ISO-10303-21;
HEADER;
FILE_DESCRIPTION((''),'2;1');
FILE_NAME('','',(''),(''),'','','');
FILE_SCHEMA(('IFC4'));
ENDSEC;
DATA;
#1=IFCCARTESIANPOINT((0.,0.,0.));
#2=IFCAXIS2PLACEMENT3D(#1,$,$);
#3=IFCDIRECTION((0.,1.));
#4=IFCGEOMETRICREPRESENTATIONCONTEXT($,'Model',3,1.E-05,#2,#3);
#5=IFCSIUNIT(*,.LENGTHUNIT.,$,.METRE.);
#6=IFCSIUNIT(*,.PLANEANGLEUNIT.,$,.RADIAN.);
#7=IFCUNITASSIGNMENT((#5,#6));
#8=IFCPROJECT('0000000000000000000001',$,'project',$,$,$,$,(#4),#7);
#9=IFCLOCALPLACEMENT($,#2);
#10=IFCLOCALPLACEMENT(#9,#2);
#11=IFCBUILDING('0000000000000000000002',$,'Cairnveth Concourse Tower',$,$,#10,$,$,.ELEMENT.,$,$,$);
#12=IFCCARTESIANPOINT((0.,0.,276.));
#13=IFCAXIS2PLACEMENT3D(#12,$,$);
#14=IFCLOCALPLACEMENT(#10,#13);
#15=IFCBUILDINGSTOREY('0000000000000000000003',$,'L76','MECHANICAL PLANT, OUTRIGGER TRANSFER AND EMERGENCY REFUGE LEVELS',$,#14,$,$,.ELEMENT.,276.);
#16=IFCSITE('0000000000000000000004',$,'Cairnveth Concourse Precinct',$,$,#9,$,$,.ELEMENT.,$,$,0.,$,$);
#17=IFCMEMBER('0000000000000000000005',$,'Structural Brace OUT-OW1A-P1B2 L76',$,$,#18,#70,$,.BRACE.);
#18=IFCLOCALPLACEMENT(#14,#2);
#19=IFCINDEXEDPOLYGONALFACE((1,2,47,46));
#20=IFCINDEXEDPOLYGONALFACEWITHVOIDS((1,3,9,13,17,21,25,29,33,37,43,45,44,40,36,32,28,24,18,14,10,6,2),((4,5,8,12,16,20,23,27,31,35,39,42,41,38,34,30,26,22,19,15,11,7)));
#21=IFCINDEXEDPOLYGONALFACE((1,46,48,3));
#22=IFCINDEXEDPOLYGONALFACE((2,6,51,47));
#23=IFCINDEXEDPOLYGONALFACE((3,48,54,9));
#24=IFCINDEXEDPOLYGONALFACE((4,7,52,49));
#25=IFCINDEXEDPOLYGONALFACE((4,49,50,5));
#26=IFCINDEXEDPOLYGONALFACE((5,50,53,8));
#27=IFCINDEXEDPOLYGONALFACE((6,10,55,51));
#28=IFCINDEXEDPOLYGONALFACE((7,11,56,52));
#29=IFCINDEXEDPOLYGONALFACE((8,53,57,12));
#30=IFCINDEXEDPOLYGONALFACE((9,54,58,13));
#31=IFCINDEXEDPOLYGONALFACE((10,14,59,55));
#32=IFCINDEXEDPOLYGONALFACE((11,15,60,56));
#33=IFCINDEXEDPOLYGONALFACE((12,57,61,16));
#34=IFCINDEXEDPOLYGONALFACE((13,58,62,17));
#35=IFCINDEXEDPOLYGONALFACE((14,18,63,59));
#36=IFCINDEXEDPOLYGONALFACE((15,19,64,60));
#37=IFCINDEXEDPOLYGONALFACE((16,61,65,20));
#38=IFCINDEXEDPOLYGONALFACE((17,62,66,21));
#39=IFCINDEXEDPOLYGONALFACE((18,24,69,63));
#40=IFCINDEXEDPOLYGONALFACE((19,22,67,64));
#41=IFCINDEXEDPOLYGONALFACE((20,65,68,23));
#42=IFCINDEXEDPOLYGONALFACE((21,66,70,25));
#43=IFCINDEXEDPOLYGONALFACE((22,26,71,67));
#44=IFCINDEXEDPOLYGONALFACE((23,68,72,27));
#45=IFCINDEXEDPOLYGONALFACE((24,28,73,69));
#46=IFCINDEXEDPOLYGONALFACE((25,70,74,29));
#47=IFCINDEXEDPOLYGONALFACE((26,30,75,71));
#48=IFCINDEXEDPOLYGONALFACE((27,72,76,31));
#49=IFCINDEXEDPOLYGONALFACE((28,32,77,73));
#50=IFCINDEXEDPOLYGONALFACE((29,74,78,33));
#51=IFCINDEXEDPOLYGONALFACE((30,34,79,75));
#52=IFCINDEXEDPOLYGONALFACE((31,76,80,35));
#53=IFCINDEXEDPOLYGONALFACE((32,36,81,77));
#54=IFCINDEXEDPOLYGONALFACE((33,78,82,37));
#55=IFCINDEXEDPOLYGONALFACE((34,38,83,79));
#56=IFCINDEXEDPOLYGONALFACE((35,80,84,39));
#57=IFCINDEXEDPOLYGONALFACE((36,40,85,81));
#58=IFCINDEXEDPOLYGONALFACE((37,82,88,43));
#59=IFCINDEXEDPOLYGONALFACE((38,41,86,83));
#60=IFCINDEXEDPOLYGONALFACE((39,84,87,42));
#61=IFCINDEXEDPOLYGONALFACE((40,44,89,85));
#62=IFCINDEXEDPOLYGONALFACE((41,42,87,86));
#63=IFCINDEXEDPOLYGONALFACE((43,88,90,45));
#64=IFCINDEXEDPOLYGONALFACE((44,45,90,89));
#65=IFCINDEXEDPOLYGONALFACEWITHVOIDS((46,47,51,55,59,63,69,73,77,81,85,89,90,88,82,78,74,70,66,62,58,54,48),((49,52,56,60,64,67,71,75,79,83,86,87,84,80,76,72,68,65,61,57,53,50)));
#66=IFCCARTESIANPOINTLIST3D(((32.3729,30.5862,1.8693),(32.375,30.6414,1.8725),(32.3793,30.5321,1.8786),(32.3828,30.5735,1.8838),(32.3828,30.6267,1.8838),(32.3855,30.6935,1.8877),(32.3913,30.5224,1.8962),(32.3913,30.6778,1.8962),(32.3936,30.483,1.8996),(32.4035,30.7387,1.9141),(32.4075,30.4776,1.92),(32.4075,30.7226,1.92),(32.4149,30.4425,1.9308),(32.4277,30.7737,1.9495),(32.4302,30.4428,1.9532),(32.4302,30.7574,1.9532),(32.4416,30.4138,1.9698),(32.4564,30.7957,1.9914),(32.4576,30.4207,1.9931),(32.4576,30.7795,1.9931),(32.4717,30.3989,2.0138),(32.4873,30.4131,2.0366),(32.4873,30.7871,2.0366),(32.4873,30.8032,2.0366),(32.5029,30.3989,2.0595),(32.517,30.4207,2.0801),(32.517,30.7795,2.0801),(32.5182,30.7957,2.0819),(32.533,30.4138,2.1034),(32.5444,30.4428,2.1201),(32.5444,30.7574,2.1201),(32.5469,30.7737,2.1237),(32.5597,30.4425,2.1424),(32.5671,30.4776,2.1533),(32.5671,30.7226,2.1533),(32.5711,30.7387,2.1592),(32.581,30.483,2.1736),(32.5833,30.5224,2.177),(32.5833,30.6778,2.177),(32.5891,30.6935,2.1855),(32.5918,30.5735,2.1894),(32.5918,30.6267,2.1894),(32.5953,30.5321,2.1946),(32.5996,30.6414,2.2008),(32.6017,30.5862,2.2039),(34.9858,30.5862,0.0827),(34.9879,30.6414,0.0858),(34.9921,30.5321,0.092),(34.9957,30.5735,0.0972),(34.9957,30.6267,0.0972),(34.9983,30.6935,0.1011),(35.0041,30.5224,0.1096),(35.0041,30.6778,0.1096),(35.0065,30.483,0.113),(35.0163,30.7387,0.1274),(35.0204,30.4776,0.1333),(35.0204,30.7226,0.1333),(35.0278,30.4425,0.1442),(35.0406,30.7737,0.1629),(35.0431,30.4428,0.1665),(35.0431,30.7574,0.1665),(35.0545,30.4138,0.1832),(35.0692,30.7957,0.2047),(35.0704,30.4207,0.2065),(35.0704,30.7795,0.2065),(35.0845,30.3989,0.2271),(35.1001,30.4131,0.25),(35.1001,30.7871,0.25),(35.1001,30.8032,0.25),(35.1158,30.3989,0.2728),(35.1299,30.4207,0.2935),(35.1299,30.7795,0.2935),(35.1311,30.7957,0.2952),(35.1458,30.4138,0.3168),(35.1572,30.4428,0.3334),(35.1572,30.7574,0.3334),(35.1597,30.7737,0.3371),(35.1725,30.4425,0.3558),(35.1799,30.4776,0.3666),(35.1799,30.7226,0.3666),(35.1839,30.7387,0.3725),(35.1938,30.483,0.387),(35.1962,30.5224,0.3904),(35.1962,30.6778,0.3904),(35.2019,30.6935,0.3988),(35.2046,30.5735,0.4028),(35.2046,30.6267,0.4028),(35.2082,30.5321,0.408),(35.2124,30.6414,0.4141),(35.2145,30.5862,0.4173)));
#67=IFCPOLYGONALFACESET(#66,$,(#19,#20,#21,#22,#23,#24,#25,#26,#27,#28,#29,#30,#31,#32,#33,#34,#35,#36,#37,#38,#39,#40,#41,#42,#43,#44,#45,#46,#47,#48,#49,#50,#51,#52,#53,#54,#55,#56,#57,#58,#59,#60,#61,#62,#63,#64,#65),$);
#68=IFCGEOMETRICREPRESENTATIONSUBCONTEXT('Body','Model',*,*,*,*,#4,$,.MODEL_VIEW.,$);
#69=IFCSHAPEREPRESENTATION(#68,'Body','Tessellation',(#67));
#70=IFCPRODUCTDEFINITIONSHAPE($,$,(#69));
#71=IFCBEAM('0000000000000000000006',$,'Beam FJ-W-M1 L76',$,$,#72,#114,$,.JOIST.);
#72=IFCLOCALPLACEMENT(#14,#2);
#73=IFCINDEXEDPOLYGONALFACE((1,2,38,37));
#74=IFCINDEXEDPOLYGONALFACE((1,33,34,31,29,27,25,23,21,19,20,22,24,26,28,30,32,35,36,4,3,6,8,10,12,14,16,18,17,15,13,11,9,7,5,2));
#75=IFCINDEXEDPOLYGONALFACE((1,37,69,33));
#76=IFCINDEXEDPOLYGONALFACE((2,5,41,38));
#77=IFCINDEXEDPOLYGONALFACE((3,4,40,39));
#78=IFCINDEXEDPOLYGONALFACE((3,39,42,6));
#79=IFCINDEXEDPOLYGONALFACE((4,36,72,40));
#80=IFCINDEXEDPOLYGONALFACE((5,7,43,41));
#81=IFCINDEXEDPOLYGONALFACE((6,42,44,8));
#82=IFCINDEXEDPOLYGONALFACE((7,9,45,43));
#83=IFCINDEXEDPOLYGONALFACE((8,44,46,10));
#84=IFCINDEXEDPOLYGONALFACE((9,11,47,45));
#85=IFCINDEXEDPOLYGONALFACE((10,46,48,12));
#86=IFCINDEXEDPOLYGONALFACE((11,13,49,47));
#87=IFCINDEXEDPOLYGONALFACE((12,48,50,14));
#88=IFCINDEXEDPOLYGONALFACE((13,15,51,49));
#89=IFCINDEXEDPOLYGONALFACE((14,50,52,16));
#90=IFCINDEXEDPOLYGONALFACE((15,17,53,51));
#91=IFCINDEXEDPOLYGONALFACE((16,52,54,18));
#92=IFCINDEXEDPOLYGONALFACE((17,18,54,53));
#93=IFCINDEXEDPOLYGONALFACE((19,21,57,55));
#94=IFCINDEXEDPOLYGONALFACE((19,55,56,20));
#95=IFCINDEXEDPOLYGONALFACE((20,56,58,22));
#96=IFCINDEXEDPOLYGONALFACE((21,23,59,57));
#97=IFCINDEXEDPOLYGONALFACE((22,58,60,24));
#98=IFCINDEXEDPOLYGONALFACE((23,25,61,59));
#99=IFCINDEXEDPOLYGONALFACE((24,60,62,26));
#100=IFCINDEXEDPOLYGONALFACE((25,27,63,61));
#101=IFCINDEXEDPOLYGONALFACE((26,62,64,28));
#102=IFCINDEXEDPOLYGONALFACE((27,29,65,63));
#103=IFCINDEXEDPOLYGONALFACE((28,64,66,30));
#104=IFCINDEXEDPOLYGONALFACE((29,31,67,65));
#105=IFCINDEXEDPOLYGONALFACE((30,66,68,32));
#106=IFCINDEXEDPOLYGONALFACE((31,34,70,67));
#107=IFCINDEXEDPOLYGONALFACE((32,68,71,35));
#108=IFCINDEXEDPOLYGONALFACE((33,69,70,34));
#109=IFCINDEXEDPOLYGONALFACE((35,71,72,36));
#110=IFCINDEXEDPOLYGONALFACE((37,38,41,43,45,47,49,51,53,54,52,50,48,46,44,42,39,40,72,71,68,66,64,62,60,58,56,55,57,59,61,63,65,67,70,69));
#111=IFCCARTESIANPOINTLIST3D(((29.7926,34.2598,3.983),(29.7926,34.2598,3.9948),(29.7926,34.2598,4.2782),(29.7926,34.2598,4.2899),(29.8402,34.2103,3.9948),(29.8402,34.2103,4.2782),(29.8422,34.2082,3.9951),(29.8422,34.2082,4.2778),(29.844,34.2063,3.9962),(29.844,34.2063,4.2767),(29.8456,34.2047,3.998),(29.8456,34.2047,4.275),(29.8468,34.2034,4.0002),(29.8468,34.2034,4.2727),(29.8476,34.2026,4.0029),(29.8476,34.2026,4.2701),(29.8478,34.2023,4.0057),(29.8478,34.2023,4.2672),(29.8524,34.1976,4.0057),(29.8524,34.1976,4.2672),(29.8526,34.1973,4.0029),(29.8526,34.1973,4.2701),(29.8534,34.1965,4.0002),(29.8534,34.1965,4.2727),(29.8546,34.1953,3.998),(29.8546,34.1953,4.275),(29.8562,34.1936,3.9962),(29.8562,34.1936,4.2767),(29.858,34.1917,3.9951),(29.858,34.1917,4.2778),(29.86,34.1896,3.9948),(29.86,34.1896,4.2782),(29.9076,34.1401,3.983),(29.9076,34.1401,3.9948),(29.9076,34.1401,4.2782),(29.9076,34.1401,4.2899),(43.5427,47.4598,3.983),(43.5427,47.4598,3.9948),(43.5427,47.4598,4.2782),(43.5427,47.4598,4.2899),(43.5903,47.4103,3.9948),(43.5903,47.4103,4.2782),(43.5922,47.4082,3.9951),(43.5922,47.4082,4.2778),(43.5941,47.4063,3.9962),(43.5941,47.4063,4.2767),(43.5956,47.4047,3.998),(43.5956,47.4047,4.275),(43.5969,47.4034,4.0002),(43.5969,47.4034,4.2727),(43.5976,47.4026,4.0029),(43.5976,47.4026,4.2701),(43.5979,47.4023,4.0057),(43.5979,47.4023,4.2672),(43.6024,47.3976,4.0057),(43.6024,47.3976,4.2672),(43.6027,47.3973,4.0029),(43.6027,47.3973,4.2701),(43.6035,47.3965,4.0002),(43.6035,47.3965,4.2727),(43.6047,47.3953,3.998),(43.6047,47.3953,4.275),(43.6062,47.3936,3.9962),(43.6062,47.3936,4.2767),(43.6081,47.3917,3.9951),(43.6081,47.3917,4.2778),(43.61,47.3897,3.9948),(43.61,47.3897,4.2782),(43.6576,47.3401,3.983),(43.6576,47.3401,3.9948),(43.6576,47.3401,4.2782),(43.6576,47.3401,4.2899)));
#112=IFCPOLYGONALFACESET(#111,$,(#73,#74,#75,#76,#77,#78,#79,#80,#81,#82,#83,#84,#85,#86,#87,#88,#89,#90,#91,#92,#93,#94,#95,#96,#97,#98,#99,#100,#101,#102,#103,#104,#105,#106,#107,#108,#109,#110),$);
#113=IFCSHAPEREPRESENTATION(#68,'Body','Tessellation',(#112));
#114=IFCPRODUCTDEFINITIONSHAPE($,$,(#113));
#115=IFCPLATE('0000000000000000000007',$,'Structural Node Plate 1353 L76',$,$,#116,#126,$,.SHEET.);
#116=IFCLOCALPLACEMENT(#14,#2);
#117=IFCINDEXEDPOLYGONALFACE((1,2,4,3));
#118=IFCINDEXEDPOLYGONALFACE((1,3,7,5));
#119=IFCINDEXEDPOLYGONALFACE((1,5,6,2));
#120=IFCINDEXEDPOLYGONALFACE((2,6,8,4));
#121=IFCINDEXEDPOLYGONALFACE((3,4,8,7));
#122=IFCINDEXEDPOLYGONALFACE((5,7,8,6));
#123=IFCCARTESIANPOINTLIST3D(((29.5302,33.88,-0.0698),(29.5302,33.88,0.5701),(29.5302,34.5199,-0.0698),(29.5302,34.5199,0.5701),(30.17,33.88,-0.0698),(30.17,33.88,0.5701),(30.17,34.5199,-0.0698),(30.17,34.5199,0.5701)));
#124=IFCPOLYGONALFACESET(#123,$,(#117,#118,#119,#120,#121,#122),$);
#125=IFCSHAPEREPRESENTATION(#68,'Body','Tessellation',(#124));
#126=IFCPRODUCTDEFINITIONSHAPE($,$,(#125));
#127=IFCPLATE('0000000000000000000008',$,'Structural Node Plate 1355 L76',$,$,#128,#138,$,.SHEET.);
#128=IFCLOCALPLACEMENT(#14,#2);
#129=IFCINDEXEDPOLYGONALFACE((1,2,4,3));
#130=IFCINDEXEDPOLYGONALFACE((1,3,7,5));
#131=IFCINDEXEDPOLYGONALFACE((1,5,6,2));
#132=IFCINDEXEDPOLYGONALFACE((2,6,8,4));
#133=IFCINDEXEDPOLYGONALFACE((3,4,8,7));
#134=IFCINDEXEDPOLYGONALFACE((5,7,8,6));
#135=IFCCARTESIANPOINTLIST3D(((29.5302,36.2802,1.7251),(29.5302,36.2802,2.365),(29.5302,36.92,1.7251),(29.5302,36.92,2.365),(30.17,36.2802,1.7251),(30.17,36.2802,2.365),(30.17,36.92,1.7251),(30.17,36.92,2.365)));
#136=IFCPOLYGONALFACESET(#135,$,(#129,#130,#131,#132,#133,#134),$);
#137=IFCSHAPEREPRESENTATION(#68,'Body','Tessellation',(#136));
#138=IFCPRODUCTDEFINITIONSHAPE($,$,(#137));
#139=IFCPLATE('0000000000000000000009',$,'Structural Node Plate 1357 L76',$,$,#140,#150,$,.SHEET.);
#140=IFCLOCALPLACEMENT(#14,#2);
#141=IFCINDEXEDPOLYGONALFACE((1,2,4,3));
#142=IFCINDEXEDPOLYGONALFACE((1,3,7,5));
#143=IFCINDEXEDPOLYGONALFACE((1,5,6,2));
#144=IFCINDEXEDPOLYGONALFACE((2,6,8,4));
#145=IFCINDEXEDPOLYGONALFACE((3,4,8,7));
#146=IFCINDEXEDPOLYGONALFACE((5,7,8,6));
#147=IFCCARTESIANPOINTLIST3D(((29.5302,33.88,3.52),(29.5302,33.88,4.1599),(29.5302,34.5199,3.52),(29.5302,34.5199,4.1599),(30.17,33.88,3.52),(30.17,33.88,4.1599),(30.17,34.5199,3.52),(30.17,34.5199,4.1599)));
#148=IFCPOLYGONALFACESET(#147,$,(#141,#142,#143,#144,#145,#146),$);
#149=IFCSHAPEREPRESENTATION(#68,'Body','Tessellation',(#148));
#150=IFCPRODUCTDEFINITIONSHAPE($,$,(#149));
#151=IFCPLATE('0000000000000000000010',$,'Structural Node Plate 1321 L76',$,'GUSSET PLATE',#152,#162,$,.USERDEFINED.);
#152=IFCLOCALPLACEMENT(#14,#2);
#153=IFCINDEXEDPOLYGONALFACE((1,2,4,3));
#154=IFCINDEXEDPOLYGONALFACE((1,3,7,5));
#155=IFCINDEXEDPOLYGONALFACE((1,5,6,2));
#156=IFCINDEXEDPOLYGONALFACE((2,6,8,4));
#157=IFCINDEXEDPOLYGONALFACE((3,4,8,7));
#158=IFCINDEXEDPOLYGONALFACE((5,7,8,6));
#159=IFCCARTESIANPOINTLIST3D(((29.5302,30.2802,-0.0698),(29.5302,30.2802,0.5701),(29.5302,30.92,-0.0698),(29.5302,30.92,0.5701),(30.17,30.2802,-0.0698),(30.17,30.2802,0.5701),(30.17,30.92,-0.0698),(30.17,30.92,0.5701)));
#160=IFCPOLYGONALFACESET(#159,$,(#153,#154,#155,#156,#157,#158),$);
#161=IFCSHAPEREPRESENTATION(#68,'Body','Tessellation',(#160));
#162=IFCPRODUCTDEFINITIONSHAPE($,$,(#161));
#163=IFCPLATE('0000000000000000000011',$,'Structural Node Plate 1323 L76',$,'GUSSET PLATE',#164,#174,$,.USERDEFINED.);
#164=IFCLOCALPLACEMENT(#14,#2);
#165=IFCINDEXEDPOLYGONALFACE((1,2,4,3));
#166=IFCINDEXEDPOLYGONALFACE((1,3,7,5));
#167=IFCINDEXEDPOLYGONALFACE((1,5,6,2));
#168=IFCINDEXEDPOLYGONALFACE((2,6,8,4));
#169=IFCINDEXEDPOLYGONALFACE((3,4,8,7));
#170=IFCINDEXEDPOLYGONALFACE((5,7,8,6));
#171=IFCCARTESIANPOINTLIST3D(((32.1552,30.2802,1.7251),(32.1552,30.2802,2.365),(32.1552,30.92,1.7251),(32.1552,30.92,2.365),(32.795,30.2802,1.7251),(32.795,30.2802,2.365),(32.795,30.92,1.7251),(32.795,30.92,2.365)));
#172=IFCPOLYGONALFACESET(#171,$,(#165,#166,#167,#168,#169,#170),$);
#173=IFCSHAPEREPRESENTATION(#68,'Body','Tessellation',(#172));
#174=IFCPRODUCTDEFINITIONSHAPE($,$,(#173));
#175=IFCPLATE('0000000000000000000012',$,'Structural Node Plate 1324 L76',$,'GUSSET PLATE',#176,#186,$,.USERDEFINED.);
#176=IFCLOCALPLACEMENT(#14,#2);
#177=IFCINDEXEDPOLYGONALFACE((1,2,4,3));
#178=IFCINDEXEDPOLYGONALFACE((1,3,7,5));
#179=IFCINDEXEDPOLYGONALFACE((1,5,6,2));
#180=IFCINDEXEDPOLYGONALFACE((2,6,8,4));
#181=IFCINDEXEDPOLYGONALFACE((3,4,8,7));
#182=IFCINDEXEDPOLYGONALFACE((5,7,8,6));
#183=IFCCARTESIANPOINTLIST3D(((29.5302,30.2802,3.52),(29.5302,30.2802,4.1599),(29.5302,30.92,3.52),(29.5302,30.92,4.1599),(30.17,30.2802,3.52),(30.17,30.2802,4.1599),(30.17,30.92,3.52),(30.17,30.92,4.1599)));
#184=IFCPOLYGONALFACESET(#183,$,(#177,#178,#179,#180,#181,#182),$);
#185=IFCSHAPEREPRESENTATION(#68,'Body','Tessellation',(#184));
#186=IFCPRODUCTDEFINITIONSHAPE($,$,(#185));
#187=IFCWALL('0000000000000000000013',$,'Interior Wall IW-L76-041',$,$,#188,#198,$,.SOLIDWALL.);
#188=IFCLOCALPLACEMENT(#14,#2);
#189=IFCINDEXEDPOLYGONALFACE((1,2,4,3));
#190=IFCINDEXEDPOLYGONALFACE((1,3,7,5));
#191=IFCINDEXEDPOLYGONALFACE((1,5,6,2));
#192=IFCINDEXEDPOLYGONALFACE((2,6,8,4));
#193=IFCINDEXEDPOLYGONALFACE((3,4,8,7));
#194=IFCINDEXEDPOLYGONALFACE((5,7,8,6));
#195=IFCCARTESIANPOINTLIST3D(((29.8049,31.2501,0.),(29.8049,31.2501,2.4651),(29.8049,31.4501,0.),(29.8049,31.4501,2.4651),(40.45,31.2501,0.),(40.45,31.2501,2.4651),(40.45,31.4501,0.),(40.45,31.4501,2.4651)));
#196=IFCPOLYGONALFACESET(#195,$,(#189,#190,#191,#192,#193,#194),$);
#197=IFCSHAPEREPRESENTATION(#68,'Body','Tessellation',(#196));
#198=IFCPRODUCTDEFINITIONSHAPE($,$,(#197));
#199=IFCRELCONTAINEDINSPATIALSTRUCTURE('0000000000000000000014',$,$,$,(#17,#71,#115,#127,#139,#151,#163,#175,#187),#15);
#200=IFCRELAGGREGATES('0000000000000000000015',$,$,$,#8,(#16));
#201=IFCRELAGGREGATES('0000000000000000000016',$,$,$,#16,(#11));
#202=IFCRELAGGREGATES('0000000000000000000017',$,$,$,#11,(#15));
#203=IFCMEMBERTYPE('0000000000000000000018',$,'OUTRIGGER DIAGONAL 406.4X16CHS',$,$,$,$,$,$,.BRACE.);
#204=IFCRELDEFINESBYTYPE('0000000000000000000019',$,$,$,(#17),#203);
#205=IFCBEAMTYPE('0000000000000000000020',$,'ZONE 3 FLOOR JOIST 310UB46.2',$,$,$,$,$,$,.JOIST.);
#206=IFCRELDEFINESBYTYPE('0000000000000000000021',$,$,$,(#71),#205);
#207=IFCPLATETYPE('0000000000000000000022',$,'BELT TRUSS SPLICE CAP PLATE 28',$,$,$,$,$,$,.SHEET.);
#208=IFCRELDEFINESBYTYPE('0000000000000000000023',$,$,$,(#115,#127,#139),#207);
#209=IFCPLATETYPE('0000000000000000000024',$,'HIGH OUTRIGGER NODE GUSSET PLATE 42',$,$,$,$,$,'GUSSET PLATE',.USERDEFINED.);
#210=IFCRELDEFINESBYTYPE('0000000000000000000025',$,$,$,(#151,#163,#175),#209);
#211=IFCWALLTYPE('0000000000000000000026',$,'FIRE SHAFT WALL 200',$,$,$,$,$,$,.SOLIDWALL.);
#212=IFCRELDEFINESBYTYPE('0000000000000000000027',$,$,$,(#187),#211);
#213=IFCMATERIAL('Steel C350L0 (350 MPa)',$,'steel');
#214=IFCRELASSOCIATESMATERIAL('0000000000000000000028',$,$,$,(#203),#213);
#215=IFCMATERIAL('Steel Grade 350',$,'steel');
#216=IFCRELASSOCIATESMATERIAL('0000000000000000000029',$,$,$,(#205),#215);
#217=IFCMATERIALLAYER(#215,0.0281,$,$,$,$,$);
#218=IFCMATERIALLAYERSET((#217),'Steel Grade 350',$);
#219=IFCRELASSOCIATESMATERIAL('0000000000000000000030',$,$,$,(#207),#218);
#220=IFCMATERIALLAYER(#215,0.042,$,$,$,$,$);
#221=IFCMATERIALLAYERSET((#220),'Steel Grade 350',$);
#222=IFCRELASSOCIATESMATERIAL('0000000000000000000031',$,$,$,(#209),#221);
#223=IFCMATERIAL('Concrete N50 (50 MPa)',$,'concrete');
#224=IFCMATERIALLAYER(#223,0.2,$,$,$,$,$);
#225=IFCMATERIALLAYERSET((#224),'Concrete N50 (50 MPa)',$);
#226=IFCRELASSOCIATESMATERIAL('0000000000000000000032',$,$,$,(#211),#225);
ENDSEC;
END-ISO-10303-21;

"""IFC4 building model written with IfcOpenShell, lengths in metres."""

from ifc_helpers import new_model, si_unit, direction, frame, frame_2d, origin, origin_2d, place, context, subcontext, project, spatial, rectangle, hollow_circle, i_section, extrude, material, layer, layer_set, material_profile, profile_set, type_object, element, save


model = new_model("IFC4")

# Units and contexts
model_context = context("Model", 3, precision=1e-05, world=origin(), true_north=direction((0.0, 1.0)))
body_context = subcontext(model_context, "Body", "Model", "MODEL_VIEW")
ifc_project = project(units=[si_unit("LENGTHUNIT", "METRE"), si_unit("PLANEANGLEUNIT", "RADIAN")], contexts=[model_context])

# Site, building, storey
site_placement = place(None, origin())
site = spatial("IfcSite", under=ifc_project, at=site_placement, Name="Cairnveth Concourse Precinct", CompositionType="ELEMENT", RefElevation=0.0)
building_placement = place(site_placement, origin())
building = spatial("IfcBuilding", under=site, at=building_placement, Name="Cairnveth Concourse Tower", CompositionType="ELEMENT")
storey_placement = place(building_placement, frame((0.0, 0.0, 276.0)))
storey = spatial("IfcBuildingStorey", under=building, at=storey_placement, Name="L76", Description="MECHANICAL PLANT, OUTRIGGER TRANSFER AND EMERGENCY REFUGE LEVELS", CompositionType="ELEMENT", Elevation=276.0)

# Shared definitions
ifc_material_1 = material(Name="Steel C350L0 (350 MPa)", Category="steel")

# Member
ifc_material_profile_1 = material_profile(ifc_material_1, hollow_circle(Radius=0.2031, WallThickness=0.0161, at=origin_2d()), Name="406.4x16.0CHS")
ifc_profile_set_1 = profile_set([ifc_material_profile_1], Name="Steel C350L0 (350 MPa)")
member_type_1 = type_object("IfcMemberType", Name="OUTRIGGER DIAGONAL 406.4X16CHS", PredefinedType="BRACE", material=ifc_profile_set_1)
member_1_placement = place(storey_placement, frame((32.4873, 30.6001, 2.0366), z_axis=(0.825466, 0.0, -0.564452), x_axis=(0.0, 1.0, 0.0)))
element("IfcMember", 1, at=member_1_placement, inside=storey, type_object=member_type_1, Name="Structural Brace OUT-OW1A-P1B2 L76", PredefinedType="BRACE", context=body_context, shape_type="SweptSolid", body=[
    extrude(hollow_circle(Radius=0.2031, WallThickness=0.0161, at=origin_2d()), origin(), (0.0, 0.0, 1.0), 3.1653),
])

# Beam
ifc_material_2 = material(Name="Steel Grade 350", Category="steel")
ifc_material_profile_2 = material_profile(ifc_material_2, i_section(OverallWidth=0.166, OverallDepth=0.3069, WebThickness=0.0066, FlangeThickness=0.0117, FilletRadius=0.011, at=origin_2d()), Name="310UB46.2")
ifc_profile_set_2 = profile_set([ifc_material_profile_2], Name="Steel Grade 350")
beam_type_1 = type_object("IfcBeamType", Name="ZONE 3 FLOOR JOIST 310UB46.2", PredefinedType="JOIST", material=ifc_profile_set_2)
beam_1_placement = place(storey_placement, frame((29.8501, 34.2, 4.1365), z_axis=(0.721389, 0.69253, 0.0), x_axis=(-0.69253, 0.721389, 0.0)))
element("IfcBeam", 2, at=beam_1_placement, inside=storey, type_object=beam_type_1, Name="Beam FJ-W-M1 L76", PredefinedType="JOIST", context=body_context, shape_type="SweptSolid", body=[
    extrude(i_section(OverallWidth=0.166, OverallDepth=0.3069, WebThickness=0.0066, FlangeThickness=0.0117, FilletRadius=0.011, at=origin_2d()), origin(), (0.0, 0.0, 1.0), 19.0605),
])

# Plates
ifc_layer_1 = layer(ifc_material_2, 0.0281)
ifc_layer_set_1 = layer_set([ifc_layer_1], Name="Steel Grade 350")
plate_type_1 = type_object("IfcPlateType", Name="BELT TRUSS SPLICE CAP PLATE 28", PredefinedType="SHEET", material=ifc_layer_set_1)
for number, where, z_axis, x_axis, name in (
    (3, (29.8501, 34.2, -0.0698), (0.0, 0.0, 1.0), (1.0, 0.0, 0.0), "Structural Node Plate 1353 L76"),
    (4, (29.8501, 36.6001, 1.7251), (0.0, 0.0, 1.0), (1.0, 0.0, 0.0), "Structural Node Plate 1355 L76"),
    (5, (29.8501, 34.2, 3.52), (0.0, 0.0, 1.0), (1.0, 0.0, 0.0), "Structural Node Plate 1357 L76"),
):
    element("IfcPlate", number, at=place(storey_placement, frame(where, z_axis=z_axis, x_axis=x_axis)), inside=storey, type_object=plate_type_1, Name=name, PredefinedType="SHEET", context=body_context, shape_type="SweptSolid", body=[
        extrude(rectangle(XDim=0.6399, YDim=0.6399, at=origin_2d()), origin(), (0.0, 0.0, 1.0), 0.6399),
    ])
ifc_layer_2 = layer(ifc_material_2, 0.042)
ifc_layer_set_2 = layer_set([ifc_layer_2], Name="Steel Grade 350")
plate_type_2 = type_object("IfcPlateType", Name="HIGH OUTRIGGER NODE GUSSET PLATE 42", ElementType="GUSSET PLATE", PredefinedType="USERDEFINED", material=ifc_layer_set_2)
for number, where, z_axis, x_axis, name in (
    (6, (29.8501, 30.6001, -0.0698), (0.0, 0.0, 1.0), (1.0, 0.0, 0.0), "Structural Node Plate 1321 L76"),
    (7, (32.4751, 30.6001, 1.7251), (0.0, 0.0, 1.0), (1.0, 0.0, 0.0), "Structural Node Plate 1323 L76"),
    (8, (29.8501, 30.6001, 3.52), (0.0, 0.0, 1.0), (1.0, 0.0, 0.0), "Structural Node Plate 1324 L76"),
):
    element("IfcPlate", number, at=place(storey_placement, frame(where, z_axis=z_axis, x_axis=x_axis)), inside=storey, type_object=plate_type_2, Name=name, ObjectType="GUSSET PLATE", PredefinedType="USERDEFINED", context=body_context, shape_type="SweptSolid", body=[
        extrude(rectangle(XDim=0.6399, YDim=0.6399, at=origin_2d()), origin(), (0.0, 0.0, 1.0), 0.6399),
    ])

# Wall
ifc_material_3 = material(Name="Concrete N50 (50 MPa)", Category="concrete")
ifc_layer_3 = layer(ifc_material_3, 0.2)
ifc_layer_set_3 = layer_set([ifc_layer_3], Name="Concrete N50 (50 MPa)")
wall_type = type_object("IfcWallType", Name="FIRE SHAFT WALL 200", PredefinedType="SOLIDWALL", material=ifc_layer_set_3)
wall_1_placement = place(storey_placement, frame((29.8049, 31.3501, 0.0), z_axis=(0.0, 0.0, 1.0), x_axis=(1.0, 0.0, 0.0)))
element("IfcWall", 9, at=wall_1_placement, inside=storey, type_object=wall_type, Name="Interior Wall IW-L76-041", PredefinedType="SOLIDWALL", context=body_context, shape_type="SweptSolid", body=[
    extrude(rectangle(XDim=10.645, YDim=0.2, at=frame_2d((5.3225, 0.0))), origin(), (0.0, 0.0, 1.0), 2.4651),
])

save(model, "model.ifc")
